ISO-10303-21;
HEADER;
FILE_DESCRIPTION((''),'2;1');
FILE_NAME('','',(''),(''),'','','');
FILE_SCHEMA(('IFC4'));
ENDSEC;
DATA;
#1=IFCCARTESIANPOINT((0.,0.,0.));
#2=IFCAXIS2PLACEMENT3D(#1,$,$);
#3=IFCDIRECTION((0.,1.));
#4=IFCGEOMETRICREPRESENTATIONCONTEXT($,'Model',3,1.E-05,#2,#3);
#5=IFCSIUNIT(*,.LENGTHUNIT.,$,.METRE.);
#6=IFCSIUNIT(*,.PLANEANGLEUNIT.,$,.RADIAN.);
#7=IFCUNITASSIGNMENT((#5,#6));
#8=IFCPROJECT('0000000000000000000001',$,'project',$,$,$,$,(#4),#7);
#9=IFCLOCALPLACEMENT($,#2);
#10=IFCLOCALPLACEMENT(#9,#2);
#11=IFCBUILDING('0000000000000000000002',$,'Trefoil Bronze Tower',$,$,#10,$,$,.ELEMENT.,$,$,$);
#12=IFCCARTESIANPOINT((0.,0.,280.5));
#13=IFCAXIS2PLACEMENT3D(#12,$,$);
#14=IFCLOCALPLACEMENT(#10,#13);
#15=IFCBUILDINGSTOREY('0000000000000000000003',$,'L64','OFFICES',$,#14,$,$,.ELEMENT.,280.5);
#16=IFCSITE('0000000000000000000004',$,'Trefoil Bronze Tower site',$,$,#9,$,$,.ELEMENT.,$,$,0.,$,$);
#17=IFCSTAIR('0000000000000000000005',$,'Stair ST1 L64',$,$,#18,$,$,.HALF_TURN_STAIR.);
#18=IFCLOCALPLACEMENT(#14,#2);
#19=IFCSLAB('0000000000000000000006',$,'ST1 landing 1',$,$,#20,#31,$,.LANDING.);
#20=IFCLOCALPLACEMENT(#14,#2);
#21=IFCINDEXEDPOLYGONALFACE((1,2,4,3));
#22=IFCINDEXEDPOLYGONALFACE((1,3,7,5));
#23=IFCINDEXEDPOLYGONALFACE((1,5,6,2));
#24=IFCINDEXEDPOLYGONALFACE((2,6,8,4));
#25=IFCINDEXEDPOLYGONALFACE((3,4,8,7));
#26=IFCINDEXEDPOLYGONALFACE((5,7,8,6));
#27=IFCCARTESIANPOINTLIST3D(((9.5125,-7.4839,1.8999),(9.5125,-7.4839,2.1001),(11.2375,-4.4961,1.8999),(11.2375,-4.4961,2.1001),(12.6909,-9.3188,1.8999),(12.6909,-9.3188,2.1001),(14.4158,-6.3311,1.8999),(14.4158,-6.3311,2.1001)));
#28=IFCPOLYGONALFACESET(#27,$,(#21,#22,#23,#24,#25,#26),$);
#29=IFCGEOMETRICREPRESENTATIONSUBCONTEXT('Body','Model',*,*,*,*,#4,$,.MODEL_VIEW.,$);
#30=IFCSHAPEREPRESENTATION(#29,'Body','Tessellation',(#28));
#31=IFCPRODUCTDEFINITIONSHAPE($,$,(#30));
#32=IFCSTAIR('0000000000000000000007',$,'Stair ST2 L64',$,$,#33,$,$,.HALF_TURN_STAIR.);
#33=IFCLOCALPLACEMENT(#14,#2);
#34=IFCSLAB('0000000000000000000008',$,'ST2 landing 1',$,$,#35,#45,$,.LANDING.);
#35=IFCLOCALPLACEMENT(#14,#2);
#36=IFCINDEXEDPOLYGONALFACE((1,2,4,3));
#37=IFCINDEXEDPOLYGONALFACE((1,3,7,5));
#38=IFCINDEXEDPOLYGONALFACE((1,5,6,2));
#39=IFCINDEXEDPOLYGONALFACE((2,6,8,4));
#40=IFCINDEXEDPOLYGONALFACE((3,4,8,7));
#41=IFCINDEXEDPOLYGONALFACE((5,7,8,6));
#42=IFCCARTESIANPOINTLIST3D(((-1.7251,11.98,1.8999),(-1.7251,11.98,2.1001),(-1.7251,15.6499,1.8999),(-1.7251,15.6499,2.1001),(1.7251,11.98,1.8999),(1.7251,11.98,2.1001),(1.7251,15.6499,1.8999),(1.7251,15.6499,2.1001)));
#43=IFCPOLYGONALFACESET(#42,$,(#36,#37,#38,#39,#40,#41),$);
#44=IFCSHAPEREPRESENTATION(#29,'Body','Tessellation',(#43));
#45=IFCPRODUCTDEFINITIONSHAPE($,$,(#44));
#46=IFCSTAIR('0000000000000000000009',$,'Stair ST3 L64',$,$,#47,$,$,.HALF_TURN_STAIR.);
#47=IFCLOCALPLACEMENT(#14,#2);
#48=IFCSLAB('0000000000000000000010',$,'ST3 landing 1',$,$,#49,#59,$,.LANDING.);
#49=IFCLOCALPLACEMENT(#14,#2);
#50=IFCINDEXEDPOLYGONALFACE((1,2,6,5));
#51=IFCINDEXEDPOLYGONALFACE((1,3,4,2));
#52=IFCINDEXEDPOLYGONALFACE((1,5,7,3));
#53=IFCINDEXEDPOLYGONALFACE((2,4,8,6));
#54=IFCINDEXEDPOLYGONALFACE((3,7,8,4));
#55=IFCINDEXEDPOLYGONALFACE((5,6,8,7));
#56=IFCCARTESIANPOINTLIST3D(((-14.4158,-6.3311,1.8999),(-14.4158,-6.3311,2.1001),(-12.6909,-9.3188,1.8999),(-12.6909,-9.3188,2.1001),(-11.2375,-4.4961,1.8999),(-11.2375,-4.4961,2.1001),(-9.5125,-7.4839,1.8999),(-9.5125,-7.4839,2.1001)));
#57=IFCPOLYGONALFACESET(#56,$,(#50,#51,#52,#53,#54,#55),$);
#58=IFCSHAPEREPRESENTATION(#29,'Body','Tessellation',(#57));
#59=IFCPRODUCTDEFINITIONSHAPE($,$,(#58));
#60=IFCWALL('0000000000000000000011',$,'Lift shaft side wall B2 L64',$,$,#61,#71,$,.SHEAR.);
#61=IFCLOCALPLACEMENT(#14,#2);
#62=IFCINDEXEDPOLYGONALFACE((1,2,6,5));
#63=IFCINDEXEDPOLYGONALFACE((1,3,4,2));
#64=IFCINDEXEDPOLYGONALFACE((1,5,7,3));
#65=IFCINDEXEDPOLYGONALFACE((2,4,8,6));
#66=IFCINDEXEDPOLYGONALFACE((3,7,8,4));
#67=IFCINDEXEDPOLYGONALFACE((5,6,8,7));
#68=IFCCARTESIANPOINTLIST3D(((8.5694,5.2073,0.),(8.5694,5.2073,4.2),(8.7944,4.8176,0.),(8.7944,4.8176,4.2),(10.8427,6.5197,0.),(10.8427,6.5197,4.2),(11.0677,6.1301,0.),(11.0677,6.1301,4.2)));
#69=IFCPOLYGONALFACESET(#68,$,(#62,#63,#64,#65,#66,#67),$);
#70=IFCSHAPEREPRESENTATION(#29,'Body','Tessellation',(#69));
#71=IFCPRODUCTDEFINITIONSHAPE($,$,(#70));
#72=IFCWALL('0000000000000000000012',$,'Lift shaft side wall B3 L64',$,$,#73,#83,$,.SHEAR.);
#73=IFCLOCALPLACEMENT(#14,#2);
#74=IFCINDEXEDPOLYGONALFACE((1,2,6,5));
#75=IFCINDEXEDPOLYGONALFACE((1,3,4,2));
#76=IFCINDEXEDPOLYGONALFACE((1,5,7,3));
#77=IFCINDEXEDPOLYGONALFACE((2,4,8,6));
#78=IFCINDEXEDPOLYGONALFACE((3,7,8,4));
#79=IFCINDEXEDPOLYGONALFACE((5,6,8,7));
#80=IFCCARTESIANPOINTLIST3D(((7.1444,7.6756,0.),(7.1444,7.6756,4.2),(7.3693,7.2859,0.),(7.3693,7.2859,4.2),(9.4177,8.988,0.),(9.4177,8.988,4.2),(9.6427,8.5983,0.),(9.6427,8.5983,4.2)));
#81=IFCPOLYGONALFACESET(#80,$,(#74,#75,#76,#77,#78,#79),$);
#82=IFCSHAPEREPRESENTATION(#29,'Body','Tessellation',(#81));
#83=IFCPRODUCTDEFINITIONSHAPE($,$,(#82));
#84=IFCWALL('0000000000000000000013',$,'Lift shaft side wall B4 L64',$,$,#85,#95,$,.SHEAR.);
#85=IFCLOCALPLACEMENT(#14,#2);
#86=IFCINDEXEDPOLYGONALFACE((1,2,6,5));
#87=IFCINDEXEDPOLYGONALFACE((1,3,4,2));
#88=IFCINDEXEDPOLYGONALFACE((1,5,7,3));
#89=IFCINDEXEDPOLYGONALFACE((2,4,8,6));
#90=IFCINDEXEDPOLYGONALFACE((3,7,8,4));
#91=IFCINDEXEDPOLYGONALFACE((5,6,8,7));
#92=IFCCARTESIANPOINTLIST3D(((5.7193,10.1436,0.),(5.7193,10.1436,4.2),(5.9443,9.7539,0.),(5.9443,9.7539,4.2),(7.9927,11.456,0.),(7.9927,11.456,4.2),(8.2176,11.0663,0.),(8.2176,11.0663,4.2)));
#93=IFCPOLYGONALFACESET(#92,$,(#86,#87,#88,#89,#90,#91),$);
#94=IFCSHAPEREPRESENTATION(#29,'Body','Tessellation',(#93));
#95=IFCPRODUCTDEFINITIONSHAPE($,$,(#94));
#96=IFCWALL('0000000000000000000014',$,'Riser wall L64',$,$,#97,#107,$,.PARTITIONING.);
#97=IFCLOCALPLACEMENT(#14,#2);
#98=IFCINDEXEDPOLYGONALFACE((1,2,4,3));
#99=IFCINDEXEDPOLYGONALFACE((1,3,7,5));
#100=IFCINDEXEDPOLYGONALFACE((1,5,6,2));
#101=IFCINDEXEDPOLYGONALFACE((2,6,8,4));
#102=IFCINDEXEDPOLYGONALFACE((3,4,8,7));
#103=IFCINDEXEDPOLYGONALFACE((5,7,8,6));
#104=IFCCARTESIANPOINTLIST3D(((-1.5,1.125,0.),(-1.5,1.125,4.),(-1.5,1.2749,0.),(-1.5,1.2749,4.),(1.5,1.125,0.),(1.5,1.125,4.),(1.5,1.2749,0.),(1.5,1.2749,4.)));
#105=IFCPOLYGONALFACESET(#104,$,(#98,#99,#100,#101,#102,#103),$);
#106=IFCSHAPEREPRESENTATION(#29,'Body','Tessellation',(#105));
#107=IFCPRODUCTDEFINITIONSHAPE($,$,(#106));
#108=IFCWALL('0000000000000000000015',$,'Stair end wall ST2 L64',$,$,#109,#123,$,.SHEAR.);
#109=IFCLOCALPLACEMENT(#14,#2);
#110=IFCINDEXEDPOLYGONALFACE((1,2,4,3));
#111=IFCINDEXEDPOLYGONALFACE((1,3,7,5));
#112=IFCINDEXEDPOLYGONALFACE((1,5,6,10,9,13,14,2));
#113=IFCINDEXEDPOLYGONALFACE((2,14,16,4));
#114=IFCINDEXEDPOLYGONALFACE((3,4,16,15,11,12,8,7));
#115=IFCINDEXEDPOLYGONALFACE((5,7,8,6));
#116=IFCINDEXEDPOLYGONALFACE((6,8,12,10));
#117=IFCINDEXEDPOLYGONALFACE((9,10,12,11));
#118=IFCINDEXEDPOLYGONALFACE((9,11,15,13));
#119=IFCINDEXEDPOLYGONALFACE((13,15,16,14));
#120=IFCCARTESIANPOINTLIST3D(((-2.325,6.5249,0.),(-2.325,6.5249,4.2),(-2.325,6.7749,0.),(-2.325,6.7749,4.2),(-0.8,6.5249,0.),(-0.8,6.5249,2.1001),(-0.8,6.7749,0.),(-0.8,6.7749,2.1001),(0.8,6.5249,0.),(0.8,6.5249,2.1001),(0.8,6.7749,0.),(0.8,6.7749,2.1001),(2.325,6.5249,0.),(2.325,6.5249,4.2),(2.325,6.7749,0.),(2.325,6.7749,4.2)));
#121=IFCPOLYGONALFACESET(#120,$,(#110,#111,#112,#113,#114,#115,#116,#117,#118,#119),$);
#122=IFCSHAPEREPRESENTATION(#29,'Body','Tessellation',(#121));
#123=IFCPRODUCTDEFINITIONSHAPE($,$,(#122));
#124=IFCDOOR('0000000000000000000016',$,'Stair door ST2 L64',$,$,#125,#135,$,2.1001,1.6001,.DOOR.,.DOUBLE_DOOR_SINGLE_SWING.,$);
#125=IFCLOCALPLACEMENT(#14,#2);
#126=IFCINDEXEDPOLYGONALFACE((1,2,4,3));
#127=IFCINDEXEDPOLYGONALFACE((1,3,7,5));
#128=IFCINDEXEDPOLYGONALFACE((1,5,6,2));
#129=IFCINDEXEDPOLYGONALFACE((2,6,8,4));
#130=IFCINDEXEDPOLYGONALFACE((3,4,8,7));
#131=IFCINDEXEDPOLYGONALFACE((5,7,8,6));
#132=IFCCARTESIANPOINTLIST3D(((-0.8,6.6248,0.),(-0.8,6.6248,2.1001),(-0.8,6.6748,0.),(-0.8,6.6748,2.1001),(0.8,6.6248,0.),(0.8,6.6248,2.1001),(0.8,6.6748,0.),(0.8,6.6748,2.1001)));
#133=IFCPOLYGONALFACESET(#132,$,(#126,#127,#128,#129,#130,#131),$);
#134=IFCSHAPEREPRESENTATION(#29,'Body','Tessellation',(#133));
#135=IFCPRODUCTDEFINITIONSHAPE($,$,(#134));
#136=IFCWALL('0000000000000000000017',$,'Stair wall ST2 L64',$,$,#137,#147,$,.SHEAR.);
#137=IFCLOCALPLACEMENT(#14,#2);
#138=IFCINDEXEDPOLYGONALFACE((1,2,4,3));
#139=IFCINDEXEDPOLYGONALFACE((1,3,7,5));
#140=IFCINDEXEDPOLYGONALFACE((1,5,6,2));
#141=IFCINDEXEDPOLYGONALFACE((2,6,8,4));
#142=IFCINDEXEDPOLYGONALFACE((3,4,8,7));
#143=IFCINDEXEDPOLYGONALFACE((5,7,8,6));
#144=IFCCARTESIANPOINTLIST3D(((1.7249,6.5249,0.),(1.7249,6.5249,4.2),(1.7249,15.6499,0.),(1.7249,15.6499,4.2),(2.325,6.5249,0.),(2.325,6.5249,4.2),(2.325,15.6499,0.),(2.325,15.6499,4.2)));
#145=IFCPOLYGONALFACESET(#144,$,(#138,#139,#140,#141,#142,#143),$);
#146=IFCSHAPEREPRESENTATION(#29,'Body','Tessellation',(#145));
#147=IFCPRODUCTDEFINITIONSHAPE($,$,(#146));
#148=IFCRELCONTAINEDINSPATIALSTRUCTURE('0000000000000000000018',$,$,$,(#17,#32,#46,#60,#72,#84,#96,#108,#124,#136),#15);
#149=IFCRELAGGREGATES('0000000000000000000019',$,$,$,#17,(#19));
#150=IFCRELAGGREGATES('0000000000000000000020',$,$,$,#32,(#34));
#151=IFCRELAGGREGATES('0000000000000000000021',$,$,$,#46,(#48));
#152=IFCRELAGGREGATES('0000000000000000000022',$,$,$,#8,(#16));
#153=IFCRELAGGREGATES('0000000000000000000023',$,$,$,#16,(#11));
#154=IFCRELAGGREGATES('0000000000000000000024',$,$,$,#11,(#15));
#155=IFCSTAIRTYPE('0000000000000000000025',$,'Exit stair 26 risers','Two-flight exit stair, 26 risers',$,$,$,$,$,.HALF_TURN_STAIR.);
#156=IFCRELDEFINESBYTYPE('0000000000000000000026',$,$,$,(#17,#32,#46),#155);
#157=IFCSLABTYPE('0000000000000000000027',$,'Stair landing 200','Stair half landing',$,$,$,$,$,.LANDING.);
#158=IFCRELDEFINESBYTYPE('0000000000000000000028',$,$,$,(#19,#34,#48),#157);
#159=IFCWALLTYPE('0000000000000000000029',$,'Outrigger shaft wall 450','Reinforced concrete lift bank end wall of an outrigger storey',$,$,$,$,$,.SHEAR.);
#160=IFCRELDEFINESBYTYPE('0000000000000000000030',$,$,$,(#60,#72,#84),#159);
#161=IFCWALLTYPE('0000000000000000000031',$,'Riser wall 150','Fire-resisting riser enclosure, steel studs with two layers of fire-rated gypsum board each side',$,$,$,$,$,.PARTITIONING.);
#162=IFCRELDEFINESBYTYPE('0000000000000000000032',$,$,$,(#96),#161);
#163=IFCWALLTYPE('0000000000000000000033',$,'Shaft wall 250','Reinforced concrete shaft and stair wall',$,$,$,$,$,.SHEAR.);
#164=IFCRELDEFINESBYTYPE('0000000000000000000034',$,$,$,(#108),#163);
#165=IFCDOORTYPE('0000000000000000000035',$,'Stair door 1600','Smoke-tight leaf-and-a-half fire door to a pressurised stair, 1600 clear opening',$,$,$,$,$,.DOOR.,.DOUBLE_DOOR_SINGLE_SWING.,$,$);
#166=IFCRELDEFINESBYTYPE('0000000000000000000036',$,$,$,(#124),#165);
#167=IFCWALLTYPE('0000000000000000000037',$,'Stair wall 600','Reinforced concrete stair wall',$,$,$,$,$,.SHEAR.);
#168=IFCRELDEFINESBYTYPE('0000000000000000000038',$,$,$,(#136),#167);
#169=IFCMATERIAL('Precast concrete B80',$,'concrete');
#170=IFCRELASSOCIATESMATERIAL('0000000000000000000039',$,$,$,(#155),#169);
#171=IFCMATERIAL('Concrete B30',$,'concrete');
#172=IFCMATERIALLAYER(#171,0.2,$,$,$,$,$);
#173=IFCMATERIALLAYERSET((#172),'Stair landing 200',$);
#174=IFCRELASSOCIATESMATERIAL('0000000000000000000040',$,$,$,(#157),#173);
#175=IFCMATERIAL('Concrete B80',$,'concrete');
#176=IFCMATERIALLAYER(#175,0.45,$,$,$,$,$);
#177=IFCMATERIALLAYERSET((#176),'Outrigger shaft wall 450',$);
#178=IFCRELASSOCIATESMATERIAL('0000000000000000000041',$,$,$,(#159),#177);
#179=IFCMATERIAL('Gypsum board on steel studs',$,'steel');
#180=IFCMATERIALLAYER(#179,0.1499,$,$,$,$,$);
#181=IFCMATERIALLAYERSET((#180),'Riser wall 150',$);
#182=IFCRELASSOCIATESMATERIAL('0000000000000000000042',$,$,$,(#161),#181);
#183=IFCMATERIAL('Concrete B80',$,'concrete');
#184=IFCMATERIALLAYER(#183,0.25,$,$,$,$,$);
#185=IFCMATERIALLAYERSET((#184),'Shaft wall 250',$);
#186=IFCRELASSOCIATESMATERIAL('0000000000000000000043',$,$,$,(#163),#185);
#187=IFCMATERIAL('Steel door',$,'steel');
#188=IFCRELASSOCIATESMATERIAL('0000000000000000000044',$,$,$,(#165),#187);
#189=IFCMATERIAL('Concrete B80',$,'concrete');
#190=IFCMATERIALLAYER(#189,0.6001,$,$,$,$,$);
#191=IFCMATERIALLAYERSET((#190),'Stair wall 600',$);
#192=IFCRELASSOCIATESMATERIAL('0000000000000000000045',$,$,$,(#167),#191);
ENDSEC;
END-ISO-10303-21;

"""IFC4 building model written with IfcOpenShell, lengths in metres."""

from ifc_helpers import new_model, si_unit, direction, frame, frame_2d, origin, place, context, subcontext, project, spatial, polyline, rectangle, outline, extrude, material, layer, layer_set, type_object, element, fill, aggregate, save


model = new_model("IFC4")

# Units and contexts
model_context = context("Model", 3, precision=1e-05, world=origin(), true_north=direction((0.0, 1.0)))
body_context = subcontext(model_context, "Body", "Model", "MODEL_VIEW")
ifc_project = project(units=[si_unit("LENGTHUNIT", "METRE"), si_unit("PLANEANGLEUNIT", "RADIAN")], contexts=[model_context])

# Site, building, storey
site_placement = place(None, origin())
site = spatial("IfcSite", under=ifc_project, at=site_placement, Name="Trefoil Bronze Tower site", CompositionType="ELEMENT", RefElevation=0.0)
building_placement = place(site_placement, origin())
building = spatial("IfcBuilding", under=site, at=building_placement, Name="Trefoil Bronze Tower", CompositionType="ELEMENT")
storey_placement = place(building_placement, frame((0.0, 0.0, 280.5)))
storey = spatial("IfcBuildingStorey", under=building, at=storey_placement, Name="L64", Description="OFFICES", CompositionType="ELEMENT", Elevation=280.5)

# Stairs, slabs
ifc_material_1 = material(Name="Precast concrete B80", Category="concrete")
stair_type = type_object("IfcStairType", Name="Exit stair 26 risers", Description="Two-flight exit stair, 26 risers", PredefinedType="HALF_TURN_STAIR", material=ifc_material_1)
stair_1_placement = place(storey_placement, origin())
stair_1 = element("IfcStair", 1, at=stair_1_placement, inside=storey, type_object=stair_type, Name="Stair ST1 L64", PredefinedType="HALF_TURN_STAIR")
ifc_material_2 = material(Name="Concrete B30", Category="concrete")
ifc_layer_1 = layer(ifc_material_2, 0.2)
ifc_layer_set_1 = layer_set([ifc_layer_1], Name="Stair landing 200")
slab_type = type_object("IfcSlabType", Name="Stair landing 200", Description="Stair half landing", PredefinedType="LANDING", material=ifc_layer_set_1)
slab_1_placement = place(storey_placement, frame((0.0, 0.0, 1.8999)))
slab_1 = element("IfcSlab", 2, at=slab_1_placement, type_object=slab_type, Name="ST1 landing 1", PredefinedType="LANDING", context=body_context, shape_type="SweptSolid", body=[
    extrude(outline(polyline([(9.5125, -7.4839), (12.6909, -9.3188), (14.4158, -6.3311), (11.2375, -4.4961), (9.5125, -7.4839)])), origin(), (0.0, 0.0, 1.0), 0.2002),
])
aggregate(stair_1, [slab_1])
stair_2_placement = place(storey_placement, origin())
stair_2 = element("IfcStair", 3, at=stair_2_placement, inside=storey, type_object=stair_type, Name="Stair ST2 L64", PredefinedType="HALF_TURN_STAIR")
slab_2_placement = place(storey_placement, frame((0.0, 0.0, 1.8999)))
slab_2 = element("IfcSlab", 4, at=slab_2_placement, type_object=slab_type, Name="ST2 landing 1", PredefinedType="LANDING", context=body_context, shape_type="SweptSolid", body=[
    extrude(outline(polyline([(1.7251, 11.98), (1.7251, 15.6499), (-1.7251, 15.6499), (-1.7251, 11.98), (1.7251, 11.98)])), origin(), (0.0, 0.0, 1.0), 0.2002),
])
aggregate(stair_2, [slab_2])
stair_3_placement = place(storey_placement, origin())
stair_3 = element("IfcStair", 5, at=stair_3_placement, inside=storey, type_object=stair_type, Name="Stair ST3 L64", PredefinedType="HALF_TURN_STAIR")
slab_3_placement = place(storey_placement, frame((0.0, 0.0, 1.8999)))
slab_3 = element("IfcSlab", 6, at=slab_3_placement, type_object=slab_type, Name="ST3 landing 1", PredefinedType="LANDING", context=body_context, shape_type="SweptSolid", body=[
    extrude(outline(polyline([(-11.2375, -4.4961), (-14.4158, -6.3311), (-12.6909, -9.3188), (-9.5125, -7.4839), (-11.2375, -4.4961)])), origin(), (0.0, 0.0, 1.0), 0.2002),
])
aggregate(stair_3, [slab_3])

# Walls
ifc_material_3 = material(Name="Concrete B80", Category="concrete")
ifc_layer_2 = layer(ifc_material_3, 0.45)
ifc_layer_set_2 = layer_set([ifc_layer_2], Name="Outrigger shaft wall 450")
wall_type_1 = type_object("IfcWallType", Name="Outrigger shaft wall 450", Description="Reinforced concrete lift bank end wall of an outrigger storey", PredefinedType="SHEAR", material=ifc_layer_set_2)
for number, where, z_axis, x_axis, name in (
    (7, (8.6819, 5.0125, 0.0), (0.0, 0.0, 1.0), (0.866037, 0.49998, 0.0), "Lift shaft side wall B2 L64"),
    (8, (7.2568, 7.4807, 0.0), (0.0, 0.0, 1.0), (0.866037, 0.49998, 0.0), "Lift shaft side wall B3 L64"),
    (9, (5.8318, 9.9487, 0.0), (0.0, 0.0, 1.0), (0.866037, 0.49998, 0.0), "Lift shaft side wall B4 L64"),
):
    element("IfcWall", number, at=place(storey_placement, frame(where, z_axis=z_axis, x_axis=x_axis)), inside=storey, type_object=wall_type_1, Name=name, PredefinedType="SHEAR", context=body_context, shape_type="SweptSolid", body=[
        extrude(rectangle(XDim=2.625, YDim=0.45, at=frame_2d((1.3125, 0.0))), origin(), (0.0, 0.0, 1.0), 4.2),
    ])
ifc_material_4 = material(Name="Gypsum board on steel studs", Category="steel")
ifc_layer_3 = layer(ifc_material_4, 0.1499)
ifc_layer_set_3 = layer_set([ifc_layer_3], Name="Riser wall 150")
wall_type_2 = type_object("IfcWallType", Name="Riser wall 150", Description="Fire-resisting riser enclosure, steel studs with two layers of fire-rated gypsum board each side", PredefinedType="PARTITIONING", material=ifc_layer_set_3)
wall_1_placement = place(storey_placement, frame((1.5, 1.2, 0.0), z_axis=(0.0, 0.0, 1.0), x_axis=(-1.0, 0.0, 0.0)))
element("IfcWall", 10, at=wall_1_placement, inside=storey, type_object=wall_type_2, Name="Riser wall L64", PredefinedType="PARTITIONING", context=body_context, shape_type="SweptSolid", body=[
    extrude(rectangle(XDim=3.0, YDim=0.1499, at=frame_2d((1.5, 0.0))), origin(), (0.0, 0.0, 1.0), 4.0),
])

# Wall, opening, door
ifc_material_5 = material(Name="Concrete B80", Category="concrete")
ifc_layer_4 = layer(ifc_material_5, 0.25)
ifc_layer_set_4 = layer_set([ifc_layer_4], Name="Shaft wall 250")
wall_type_3 = type_object("IfcWallType", Name="Shaft wall 250", Description="Reinforced concrete shaft and stair wall", PredefinedType="SHEAR", material=ifc_layer_set_4)
wall_2_placement = place(storey_placement, frame((2.325, 6.6499, 0.0), z_axis=(0.0, 0.0, 1.0), x_axis=(-1.0, 0.0, 0.0)))
wall_2 = element("IfcWall", 11, at=wall_2_placement, inside=storey, type_object=wall_type_3, Name="Stair end wall ST2 L64", PredefinedType="SHEAR", context=body_context, shape_type="SweptSolid", body=[
    extrude(rectangle(XDim=4.6499, YDim=0.25, at=frame_2d((2.325, 0.0))), origin(), (0.0, 0.0, 1.0), 4.2),
])
opening_placement = place(wall_2_placement, frame((1.5249, 0.0, 0.0)))
opening = element("IfcOpeningElement", 12, at=opening_placement, cuts=wall_2, PredefinedType="OPENING", context=body_context, shape_type="SweptSolid", body=[
    extrude(rectangle(XDim=1.6001, YDim=2.1001, at=frame_2d((0.8, 1.05))), frame((0.0, 0.135, 0.0), z_axis=(0.0, -1.0, 0.0), x_axis=(1.0, 0.0, 0.0)), (0.0, 0.0, 1.0), 0.27),
])
ifc_material_6 = material(Name="Steel door", Category="steel")
door_type = type_object("IfcDoorType", Name="Stair door 1600", Description="Smoke-tight leaf-and-a-half fire door to a pressurised stair, 1600 clear opening", OperationType="DOUBLE_DOOR_SINGLE_SWING", PredefinedType="DOOR", material=ifc_material_6)
door_placement = place(opening_placement, frame((1.6001, 0.0, 0.0), z_axis=(0.0, 0.0, 1.0), x_axis=(-1.0, 0.0, 0.0)))
door = element("IfcDoor", 13, at=door_placement, inside=storey, type_object=door_type, Name="Stair door ST2 L64", OperationType="DOUBLE_DOOR_SINGLE_SWING", OverallHeight=2.1001, OverallWidth=1.6001, PredefinedType="DOOR", context=body_context, shape_type="SweptSolid", body=[
    extrude(rectangle(XDim=1.6001, YDim=2.1001, at=frame_2d((0.8, 1.05))), frame((0.0, 0.0249, 0.0), z_axis=(0.0, -1.0, 0.0), x_axis=(1.0, 0.0, 0.0)), (0.0, 0.0, 1.0), 0.05),
])
fill(opening, door)

# Wall
ifc_material_7 = material(Name="Concrete B80", Category="concrete")
ifc_layer_5 = layer(ifc_material_7, 0.6001)
ifc_layer_set_5 = layer_set([ifc_layer_5], Name="Stair wall 600")
wall_type_4 = type_object("IfcWallType", Name="Stair wall 600", Description="Reinforced concrete stair wall", PredefinedType="SHEAR", material=ifc_layer_set_5)
wall_3_placement = place(storey_placement, frame((2.0249, 6.5249, 0.0), z_axis=(0.0, 0.0, 1.0), x_axis=(0.0, 1.0, 0.0)))
element("IfcWall", 14, at=wall_3_placement, inside=storey, type_object=wall_type_4, Name="Stair wall ST2 L64", PredefinedType="SHEAR", context=body_context, shape_type="SweptSolid", body=[
    extrude(rectangle(XDim=9.125, YDim=0.6001, at=frame_2d((4.5625, 0.0))), origin(), (0.0, 0.0, 1.0), 4.2),
])

save(model, "model.ifc")
